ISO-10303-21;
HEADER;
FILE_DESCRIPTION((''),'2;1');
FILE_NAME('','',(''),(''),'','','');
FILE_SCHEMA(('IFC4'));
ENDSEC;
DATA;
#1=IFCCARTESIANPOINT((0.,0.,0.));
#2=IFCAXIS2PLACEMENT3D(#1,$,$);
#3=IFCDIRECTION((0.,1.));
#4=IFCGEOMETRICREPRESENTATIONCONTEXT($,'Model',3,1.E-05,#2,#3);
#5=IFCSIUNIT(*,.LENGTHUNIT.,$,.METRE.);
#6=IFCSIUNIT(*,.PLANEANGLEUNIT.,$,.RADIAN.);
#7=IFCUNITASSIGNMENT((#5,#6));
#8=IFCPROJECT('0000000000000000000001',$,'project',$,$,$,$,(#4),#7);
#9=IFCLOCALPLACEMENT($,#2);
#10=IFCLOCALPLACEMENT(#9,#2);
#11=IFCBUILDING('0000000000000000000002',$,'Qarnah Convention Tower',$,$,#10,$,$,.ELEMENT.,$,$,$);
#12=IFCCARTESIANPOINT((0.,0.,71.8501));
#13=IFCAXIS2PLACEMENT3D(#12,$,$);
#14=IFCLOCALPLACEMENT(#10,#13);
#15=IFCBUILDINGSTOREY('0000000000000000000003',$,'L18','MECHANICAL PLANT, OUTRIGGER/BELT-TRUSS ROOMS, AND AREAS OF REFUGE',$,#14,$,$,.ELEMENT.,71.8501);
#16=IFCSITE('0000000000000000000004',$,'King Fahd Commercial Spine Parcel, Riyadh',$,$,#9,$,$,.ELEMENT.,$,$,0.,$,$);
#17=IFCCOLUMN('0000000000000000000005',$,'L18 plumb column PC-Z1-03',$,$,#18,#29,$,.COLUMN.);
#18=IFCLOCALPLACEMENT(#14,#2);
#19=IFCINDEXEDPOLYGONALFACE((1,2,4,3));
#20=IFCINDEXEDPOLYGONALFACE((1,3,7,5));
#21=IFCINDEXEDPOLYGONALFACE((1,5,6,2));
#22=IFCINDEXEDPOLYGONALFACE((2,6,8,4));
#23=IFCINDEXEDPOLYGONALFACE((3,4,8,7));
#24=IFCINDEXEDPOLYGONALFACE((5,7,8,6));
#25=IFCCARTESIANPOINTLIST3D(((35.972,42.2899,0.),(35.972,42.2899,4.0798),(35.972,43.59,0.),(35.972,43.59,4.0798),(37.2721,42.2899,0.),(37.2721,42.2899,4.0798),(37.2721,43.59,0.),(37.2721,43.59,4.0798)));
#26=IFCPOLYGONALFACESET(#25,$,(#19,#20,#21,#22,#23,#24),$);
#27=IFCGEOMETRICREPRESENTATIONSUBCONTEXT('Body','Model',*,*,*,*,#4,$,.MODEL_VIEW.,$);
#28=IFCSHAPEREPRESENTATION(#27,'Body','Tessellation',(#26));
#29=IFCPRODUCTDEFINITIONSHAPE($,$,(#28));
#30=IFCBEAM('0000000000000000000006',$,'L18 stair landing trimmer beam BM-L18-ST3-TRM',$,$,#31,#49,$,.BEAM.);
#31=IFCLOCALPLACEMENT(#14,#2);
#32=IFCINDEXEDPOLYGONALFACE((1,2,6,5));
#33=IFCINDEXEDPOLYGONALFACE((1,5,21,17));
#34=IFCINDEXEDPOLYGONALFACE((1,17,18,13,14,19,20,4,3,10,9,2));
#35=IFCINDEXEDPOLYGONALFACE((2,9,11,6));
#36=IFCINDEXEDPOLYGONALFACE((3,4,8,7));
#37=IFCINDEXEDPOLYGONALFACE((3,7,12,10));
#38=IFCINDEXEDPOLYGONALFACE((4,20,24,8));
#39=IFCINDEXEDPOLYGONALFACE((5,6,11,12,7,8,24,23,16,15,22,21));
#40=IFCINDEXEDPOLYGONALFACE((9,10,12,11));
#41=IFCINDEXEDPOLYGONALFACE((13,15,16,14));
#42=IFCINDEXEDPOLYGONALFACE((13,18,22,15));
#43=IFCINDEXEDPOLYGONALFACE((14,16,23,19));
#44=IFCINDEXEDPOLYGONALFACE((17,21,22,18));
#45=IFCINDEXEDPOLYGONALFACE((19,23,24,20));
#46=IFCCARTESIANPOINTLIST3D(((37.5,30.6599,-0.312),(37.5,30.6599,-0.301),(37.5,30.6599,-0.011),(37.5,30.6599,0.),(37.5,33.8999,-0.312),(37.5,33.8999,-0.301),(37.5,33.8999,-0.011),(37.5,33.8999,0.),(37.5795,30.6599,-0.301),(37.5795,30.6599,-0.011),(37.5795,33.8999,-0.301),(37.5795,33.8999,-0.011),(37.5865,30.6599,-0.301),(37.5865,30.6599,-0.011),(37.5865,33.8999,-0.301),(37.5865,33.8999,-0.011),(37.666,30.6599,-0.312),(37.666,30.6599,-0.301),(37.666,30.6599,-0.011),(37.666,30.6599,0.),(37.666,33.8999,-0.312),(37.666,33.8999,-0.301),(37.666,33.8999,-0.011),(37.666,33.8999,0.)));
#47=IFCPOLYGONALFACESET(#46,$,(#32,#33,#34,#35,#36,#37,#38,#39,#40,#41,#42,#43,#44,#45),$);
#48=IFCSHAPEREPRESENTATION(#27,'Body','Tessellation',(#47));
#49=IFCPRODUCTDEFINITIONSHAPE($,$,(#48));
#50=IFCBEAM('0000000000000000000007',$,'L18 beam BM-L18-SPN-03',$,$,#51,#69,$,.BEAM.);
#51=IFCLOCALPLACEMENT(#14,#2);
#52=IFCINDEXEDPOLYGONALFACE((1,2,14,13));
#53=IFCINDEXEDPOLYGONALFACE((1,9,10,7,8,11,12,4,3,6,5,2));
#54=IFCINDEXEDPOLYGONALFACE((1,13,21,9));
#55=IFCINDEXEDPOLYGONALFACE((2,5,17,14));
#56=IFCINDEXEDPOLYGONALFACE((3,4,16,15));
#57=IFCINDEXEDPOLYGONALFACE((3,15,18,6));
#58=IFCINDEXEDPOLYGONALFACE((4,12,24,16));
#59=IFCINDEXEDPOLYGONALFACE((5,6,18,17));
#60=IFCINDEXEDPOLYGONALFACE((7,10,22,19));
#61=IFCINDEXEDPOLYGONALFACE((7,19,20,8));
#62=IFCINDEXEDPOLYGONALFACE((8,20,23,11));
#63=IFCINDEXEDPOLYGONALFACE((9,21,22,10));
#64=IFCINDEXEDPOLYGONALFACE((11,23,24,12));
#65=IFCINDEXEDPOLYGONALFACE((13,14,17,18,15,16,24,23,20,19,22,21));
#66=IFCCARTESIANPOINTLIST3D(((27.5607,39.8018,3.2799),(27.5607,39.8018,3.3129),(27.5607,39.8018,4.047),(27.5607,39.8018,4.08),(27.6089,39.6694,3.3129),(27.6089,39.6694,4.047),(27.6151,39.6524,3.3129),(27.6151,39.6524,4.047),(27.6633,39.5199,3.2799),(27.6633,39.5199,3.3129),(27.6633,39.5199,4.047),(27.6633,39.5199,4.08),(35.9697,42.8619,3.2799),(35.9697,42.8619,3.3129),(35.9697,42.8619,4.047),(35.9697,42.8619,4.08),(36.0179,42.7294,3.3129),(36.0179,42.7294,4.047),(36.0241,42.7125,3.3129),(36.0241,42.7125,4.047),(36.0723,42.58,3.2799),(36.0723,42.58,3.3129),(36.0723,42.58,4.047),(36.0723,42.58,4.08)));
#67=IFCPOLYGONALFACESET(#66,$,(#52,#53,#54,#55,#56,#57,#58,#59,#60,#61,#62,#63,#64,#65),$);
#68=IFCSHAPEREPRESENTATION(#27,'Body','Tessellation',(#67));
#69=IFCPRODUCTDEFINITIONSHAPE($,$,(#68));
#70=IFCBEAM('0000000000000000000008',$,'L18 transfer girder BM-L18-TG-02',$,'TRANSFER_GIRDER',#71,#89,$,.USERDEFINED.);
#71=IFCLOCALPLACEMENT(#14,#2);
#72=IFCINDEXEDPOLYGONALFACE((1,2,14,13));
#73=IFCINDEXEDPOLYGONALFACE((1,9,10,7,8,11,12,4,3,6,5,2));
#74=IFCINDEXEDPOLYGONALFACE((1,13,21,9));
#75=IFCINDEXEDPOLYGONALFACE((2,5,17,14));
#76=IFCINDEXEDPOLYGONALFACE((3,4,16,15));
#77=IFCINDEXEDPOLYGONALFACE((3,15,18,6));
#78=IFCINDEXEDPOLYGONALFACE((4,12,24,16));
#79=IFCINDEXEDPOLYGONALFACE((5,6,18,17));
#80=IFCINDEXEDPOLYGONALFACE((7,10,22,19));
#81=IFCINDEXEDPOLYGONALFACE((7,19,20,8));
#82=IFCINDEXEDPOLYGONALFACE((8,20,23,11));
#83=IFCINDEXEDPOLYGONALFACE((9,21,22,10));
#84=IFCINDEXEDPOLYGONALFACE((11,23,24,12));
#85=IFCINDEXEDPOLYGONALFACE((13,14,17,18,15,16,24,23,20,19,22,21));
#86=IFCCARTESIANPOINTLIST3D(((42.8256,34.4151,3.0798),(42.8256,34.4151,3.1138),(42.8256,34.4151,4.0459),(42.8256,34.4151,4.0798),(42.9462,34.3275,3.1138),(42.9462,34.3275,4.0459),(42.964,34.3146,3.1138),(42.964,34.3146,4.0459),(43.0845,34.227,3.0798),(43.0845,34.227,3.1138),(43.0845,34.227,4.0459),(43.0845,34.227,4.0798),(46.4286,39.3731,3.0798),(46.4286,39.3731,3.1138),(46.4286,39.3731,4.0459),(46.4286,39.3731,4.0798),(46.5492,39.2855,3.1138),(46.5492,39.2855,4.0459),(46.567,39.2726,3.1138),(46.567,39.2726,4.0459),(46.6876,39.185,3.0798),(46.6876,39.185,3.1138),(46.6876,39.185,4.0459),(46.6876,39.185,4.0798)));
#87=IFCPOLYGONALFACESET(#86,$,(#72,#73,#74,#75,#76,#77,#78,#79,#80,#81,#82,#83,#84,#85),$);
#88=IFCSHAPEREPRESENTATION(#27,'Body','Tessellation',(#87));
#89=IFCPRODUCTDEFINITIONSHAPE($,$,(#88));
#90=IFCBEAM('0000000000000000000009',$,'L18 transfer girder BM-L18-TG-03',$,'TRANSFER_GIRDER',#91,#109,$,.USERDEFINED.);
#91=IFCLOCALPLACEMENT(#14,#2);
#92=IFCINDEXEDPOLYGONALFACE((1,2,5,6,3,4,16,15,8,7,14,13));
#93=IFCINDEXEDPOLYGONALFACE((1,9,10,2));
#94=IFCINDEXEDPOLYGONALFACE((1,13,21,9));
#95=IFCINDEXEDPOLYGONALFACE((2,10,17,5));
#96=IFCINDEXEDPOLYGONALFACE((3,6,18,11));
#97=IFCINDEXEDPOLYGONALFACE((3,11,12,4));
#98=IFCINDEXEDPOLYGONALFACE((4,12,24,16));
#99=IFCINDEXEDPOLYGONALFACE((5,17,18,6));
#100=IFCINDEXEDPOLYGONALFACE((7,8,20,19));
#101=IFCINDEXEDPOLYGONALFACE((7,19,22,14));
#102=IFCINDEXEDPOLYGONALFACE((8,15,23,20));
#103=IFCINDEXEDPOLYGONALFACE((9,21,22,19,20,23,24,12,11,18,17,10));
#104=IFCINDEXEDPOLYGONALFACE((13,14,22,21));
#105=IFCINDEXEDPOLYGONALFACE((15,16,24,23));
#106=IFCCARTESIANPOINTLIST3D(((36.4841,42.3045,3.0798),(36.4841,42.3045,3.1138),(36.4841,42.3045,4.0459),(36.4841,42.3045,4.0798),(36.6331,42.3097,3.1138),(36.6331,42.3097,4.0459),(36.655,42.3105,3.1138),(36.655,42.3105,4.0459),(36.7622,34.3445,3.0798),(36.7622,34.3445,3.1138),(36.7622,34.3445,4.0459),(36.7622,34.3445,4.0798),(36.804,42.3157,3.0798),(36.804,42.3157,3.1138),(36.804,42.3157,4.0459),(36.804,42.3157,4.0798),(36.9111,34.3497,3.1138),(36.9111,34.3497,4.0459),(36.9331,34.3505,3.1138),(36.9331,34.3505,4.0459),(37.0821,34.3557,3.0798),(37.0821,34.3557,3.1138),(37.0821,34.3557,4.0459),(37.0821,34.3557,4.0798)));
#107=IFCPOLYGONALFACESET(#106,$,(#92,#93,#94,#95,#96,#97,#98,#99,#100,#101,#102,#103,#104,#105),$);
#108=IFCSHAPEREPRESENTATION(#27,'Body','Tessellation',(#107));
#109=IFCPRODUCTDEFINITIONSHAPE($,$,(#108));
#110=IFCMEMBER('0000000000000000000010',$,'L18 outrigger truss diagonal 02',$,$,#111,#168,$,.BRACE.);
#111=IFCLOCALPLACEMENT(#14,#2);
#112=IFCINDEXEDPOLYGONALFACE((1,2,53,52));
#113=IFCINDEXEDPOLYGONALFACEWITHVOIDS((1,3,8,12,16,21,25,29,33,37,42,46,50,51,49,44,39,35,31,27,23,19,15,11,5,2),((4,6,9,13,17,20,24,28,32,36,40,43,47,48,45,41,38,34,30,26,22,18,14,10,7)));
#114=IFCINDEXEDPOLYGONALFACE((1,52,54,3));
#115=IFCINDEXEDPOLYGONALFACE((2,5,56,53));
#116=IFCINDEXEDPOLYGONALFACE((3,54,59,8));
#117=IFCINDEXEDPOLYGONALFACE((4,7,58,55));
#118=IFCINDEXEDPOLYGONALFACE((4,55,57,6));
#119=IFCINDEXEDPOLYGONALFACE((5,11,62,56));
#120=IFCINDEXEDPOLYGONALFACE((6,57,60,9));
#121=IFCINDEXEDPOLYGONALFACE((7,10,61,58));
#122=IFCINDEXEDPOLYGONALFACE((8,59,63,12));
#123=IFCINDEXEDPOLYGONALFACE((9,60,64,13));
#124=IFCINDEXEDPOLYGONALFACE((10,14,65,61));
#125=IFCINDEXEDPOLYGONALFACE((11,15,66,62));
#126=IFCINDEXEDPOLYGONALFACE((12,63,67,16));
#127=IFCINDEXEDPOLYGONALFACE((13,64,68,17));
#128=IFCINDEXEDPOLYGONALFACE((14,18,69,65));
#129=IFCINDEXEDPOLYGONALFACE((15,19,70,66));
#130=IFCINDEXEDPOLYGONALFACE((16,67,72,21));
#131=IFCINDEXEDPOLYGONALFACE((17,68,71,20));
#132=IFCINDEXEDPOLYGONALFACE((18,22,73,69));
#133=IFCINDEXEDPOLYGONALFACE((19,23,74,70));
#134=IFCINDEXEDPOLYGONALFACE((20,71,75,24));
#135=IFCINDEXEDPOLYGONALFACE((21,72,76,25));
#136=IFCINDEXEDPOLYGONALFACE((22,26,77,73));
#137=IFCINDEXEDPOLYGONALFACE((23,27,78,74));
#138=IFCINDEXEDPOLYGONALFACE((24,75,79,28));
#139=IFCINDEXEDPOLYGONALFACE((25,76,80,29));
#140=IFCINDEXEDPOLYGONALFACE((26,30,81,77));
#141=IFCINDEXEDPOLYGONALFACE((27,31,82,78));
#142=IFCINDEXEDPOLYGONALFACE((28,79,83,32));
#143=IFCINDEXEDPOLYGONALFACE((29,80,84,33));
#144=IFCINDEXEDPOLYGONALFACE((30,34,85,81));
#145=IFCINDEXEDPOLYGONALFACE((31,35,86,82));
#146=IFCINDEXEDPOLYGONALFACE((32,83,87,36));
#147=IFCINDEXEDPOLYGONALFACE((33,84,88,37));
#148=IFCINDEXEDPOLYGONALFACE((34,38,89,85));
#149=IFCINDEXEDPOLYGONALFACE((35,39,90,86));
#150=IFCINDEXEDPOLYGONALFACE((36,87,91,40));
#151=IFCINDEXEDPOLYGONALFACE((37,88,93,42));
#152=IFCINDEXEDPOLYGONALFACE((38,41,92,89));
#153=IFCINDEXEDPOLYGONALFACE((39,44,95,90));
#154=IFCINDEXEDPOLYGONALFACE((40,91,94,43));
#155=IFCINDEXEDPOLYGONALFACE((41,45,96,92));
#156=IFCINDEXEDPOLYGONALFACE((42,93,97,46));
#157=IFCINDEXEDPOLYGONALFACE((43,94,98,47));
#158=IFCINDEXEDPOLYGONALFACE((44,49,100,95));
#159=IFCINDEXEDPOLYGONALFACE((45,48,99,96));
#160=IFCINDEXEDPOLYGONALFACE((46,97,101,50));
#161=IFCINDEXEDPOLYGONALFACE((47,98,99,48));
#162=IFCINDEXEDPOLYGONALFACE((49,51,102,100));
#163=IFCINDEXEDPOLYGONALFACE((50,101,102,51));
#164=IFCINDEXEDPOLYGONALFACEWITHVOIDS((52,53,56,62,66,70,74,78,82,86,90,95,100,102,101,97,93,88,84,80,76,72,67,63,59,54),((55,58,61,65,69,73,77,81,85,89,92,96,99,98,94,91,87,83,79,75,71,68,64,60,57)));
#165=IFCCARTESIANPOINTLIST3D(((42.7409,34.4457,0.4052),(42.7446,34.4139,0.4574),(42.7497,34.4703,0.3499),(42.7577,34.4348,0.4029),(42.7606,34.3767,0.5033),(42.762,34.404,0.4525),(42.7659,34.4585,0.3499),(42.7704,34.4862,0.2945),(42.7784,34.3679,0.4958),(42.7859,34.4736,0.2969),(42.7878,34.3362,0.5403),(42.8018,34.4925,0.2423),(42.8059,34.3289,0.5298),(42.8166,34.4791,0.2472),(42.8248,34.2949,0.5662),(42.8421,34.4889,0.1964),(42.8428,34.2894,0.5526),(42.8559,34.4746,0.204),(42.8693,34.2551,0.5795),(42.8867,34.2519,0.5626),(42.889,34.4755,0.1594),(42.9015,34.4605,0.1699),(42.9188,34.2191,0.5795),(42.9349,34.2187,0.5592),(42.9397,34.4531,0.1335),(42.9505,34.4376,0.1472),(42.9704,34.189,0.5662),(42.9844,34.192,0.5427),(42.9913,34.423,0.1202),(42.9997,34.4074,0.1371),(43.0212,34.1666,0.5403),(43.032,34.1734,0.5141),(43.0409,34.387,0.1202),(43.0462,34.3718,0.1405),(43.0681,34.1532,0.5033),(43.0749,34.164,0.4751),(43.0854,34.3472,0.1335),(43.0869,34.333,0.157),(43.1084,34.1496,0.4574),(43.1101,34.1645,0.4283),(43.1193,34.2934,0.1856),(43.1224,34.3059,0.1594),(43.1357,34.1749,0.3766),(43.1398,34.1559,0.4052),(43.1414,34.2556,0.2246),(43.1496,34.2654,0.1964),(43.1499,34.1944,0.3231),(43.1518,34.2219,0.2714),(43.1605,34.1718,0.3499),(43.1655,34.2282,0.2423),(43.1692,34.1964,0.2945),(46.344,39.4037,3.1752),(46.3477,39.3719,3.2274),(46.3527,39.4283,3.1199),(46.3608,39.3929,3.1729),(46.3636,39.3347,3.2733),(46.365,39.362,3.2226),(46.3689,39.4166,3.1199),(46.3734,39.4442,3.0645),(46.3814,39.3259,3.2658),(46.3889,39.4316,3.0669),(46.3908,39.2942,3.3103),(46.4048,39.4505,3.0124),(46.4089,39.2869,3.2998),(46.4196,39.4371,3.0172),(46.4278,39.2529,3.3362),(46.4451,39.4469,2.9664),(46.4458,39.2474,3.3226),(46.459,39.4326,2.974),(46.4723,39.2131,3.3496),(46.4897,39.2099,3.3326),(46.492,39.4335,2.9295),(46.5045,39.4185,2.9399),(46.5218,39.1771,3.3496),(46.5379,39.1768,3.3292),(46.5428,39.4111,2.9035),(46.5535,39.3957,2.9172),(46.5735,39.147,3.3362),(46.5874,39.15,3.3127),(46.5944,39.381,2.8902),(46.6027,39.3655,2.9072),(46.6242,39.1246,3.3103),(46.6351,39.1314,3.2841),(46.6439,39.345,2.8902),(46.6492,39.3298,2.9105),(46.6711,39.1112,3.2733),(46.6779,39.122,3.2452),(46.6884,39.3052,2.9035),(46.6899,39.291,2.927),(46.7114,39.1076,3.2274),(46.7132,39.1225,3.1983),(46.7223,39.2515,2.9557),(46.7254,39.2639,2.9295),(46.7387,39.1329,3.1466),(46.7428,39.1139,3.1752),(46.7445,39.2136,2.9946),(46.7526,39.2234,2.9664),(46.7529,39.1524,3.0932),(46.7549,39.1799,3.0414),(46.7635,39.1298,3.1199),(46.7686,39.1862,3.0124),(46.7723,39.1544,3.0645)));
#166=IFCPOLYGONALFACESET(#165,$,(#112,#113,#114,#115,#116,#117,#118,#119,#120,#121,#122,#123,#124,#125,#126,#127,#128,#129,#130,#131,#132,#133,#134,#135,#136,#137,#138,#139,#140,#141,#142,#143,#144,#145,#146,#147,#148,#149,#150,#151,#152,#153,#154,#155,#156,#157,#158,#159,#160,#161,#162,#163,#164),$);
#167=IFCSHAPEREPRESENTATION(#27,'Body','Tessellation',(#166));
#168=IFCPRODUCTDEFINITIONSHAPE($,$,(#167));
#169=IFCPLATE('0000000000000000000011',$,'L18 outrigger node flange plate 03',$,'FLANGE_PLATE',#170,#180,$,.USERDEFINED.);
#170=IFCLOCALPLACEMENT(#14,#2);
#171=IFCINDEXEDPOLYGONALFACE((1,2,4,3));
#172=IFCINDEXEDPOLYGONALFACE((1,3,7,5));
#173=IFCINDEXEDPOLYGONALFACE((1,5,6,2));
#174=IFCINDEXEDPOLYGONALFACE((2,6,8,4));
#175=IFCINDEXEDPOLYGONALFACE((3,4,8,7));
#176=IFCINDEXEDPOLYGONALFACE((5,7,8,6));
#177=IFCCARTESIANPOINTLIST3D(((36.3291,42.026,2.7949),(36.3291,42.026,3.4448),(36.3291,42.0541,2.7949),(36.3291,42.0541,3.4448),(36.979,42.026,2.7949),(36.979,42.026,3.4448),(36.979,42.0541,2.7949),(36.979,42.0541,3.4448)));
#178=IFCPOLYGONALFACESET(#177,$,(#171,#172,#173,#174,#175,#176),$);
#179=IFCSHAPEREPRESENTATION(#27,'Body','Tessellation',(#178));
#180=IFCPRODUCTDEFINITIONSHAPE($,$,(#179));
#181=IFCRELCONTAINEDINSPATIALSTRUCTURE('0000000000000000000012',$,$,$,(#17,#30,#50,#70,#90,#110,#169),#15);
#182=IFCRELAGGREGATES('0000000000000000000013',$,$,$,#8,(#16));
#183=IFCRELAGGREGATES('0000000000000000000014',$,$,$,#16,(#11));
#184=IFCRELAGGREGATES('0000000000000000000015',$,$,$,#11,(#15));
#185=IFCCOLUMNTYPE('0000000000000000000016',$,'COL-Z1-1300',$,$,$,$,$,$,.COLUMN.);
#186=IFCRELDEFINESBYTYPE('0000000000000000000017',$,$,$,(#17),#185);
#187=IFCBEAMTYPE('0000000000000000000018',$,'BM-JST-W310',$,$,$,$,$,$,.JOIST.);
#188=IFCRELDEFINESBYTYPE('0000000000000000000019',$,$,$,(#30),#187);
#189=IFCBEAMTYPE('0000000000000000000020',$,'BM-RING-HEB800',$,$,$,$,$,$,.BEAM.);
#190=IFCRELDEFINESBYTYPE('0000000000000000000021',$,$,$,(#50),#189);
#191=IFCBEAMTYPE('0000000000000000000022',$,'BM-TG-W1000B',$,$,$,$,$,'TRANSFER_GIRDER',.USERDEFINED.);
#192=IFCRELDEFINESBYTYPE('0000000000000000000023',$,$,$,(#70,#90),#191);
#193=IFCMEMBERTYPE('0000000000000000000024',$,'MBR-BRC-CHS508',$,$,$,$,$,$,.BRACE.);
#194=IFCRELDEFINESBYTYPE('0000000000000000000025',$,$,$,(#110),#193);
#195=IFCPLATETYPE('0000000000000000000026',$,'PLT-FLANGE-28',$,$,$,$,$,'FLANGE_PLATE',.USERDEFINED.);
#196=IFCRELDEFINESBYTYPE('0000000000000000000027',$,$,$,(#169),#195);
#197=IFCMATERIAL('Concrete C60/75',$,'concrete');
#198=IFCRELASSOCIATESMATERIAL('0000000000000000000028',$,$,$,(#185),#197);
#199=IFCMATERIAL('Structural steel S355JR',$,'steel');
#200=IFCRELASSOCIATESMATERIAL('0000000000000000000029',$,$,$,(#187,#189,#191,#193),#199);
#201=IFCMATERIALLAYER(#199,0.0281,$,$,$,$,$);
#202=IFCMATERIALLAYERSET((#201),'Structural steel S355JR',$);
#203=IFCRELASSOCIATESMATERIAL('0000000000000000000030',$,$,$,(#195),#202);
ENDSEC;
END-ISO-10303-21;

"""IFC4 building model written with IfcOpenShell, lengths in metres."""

from ifc_helpers import new_model, si_unit, direction, frame, origin, origin_2d, place, context, subcontext, project, spatial, rectangle, hollow_circle, i_section, extrude, material, layer, layer_set, material_profile, profile_set, type_object, element, save


model = new_model("IFC4")

# Units and contexts
model_context = context("Model", 3, precision=1e-05, world=origin(), true_north=direction((0.0, 1.0)))
body_context = subcontext(model_context, "Body", "Model", "MODEL_VIEW")
ifc_project = project(units=[si_unit("LENGTHUNIT", "METRE"), si_unit("PLANEANGLEUNIT", "RADIAN")], contexts=[model_context])

# Site, building, storey
site_placement = place(None, origin())
site = spatial("IfcSite", under=ifc_project, at=site_placement, Name="King Fahd Commercial Spine Parcel, Riyadh", CompositionType="ELEMENT", RefElevation=0.0)
building_placement = place(site_placement, origin())
building = spatial("IfcBuilding", under=site, at=building_placement, Name="Qarnah Convention Tower", CompositionType="ELEMENT")
storey_placement = place(building_placement, frame((0.0, 0.0, 71.8501)))
storey = spatial("IfcBuildingStorey", under=building, at=storey_placement, Name="L18", Description="MECHANICAL PLANT, OUTRIGGER/BELT-TRUSS ROOMS, AND AREAS OF REFUGE", CompositionType="ELEMENT", Elevation=71.8501)

# Column
ifc_material_1 = material(Name="Concrete C60/75", Category="concrete")
ifc_material_profile_1 = material_profile(ifc_material_1, rectangle(XDim=1.3, YDim=1.3, at=origin_2d()), Name="RC-COL-1300X1300")
ifc_profile_set_1 = profile_set([ifc_material_profile_1], Name="Concrete C60/75")
column_type = type_object("IfcColumnType", Name="COL-Z1-1300", PredefinedType="COLUMN", material=ifc_profile_set_1)
column_placement = place(storey_placement, frame((36.6221, 42.9399, 0.0), z_axis=(0.0, 0.0, 1.0), x_axis=(1.0, 0.0, 0.0)))
element("IfcColumn", 1, at=column_placement, inside=storey, type_object=column_type, Name="L18 plumb column PC-Z1-03", PredefinedType="COLUMN", context=body_context, shape_type="SweptSolid", body=[
    extrude(rectangle(XDim=1.3, YDim=1.3, at=origin_2d()), origin(), (0.0, 0.0, 1.0), 4.0798),
])

# Beams
ifc_material_2 = material(Name="Structural steel S355JR", Category="steel")
ifc_material_profile_2 = material_profile(ifc_material_2, i_section(OverallWidth=0.166, OverallDepth=0.312, WebThickness=0.0071, FlangeThickness=0.011, at=origin_2d()), Name="W310X45")
ifc_profile_set_2 = profile_set([ifc_material_profile_2], Name="Structural steel S355JR")
beam_type_1 = type_object("IfcBeamType", Name="BM-JST-W310", PredefinedType="JOIST", material=ifc_profile_set_2)
beam_1_placement = place(storey_placement, frame((37.583, 30.6599, -0.156), z_axis=(0.0, 1.0, 0.0), x_axis=(-1.0, 0.0, 0.0)))
element("IfcBeam", 2, at=beam_1_placement, inside=storey, type_object=beam_type_1, Name="L18 stair landing trimmer beam BM-L18-ST3-TRM", PredefinedType="BEAM", context=body_context, shape_type="SweptSolid", body=[
    extrude(i_section(OverallWidth=0.166, OverallDepth=0.312, WebThickness=0.0071, FlangeThickness=0.011, at=origin_2d()), origin(), (0.0, 0.0, 1.0), 3.24),
])
ifc_material_profile_3 = material_profile(ifc_material_2, i_section(OverallWidth=0.3, OverallDepth=0.8, WebThickness=0.0181, FlangeThickness=0.033, at=origin_2d()), Name="HEB800")
ifc_profile_set_3 = profile_set([ifc_material_profile_3], Name="Structural steel S355JR")
beam_type_2 = type_object("IfcBeamType", Name="BM-RING-HEB800", PredefinedType="BEAM", material=ifc_profile_set_3)
beam_2_placement = place(storey_placement, frame((36.021, 42.7209, 3.6799), z_axis=(-0.939712, -0.341966, 0.0), x_axis=(0.341966, -0.939712, 0.0)))
element("IfcBeam", 3, at=beam_2_placement, inside=storey, type_object=beam_type_2, Name="L18 beam BM-L18-SPN-03", PredefinedType="BEAM", context=body_context, shape_type="SweptSolid", body=[
    extrude(i_section(OverallWidth=0.3, OverallDepth=0.8, WebThickness=0.0181, FlangeThickness=0.033, at=origin_2d()), origin(), (0.0, 0.0, 1.0), 8.9485),
])
ifc_material_profile_4 = material_profile(ifc_material_2, i_section(OverallWidth=0.3201, OverallDepth=1.0, WebThickness=0.022, FlangeThickness=0.0339, at=origin_2d()), Name="W1000X371")
ifc_profile_set_4 = profile_set([ifc_material_profile_4], Name="Structural steel S355JR")
beam_type_3 = type_object("IfcBeamType", Name="BM-TG-W1000B", ElementType="TRANSFER_GIRDER", PredefinedType="USERDEFINED", material=ifc_profile_set_4)
beam_3_placement = place(storey_placement, frame((42.9551, 34.321, 3.5798), z_axis=(0.587873, 0.808953, 0.0), x_axis=(-0.808953, 0.587873, 0.0)))
element("IfcBeam", 4, at=beam_3_placement, inside=storey, type_object=beam_type_3, Name="L18 transfer girder BM-L18-TG-02", ObjectType="TRANSFER_GIRDER", PredefinedType="USERDEFINED", context=body_context, shape_type="SweptSolid", body=[
    extrude(i_section(OverallWidth=0.3201, OverallDepth=1.0, WebThickness=0.022, FlangeThickness=0.0339, at=origin_2d()), origin(), (0.0, 0.0, 1.0), 6.1289),
])
beam_4_placement = place(storey_placement, frame((36.9221, 34.3501, 3.5798), z_axis=(-0.034913, 0.99939, 0.0), x_axis=(-0.99939, -0.034913, 0.0)))
element("IfcBeam", 5, at=beam_4_placement, inside=storey, type_object=beam_type_3, Name="L18 transfer girder BM-L18-TG-03", ObjectType="TRANSFER_GIRDER", PredefinedType="USERDEFINED", context=body_context, shape_type="SweptSolid", body=[
    extrude(i_section(OverallWidth=0.3201, OverallDepth=1.0, WebThickness=0.022, FlangeThickness=0.0339, at=origin_2d()), origin(), (0.0, 0.0, 1.0), 7.9648),
])

# Member
ifc_material_profile_5 = material_profile(ifc_material_2, hollow_circle(Radius=0.2539, WallThickness=0.02, at=origin_2d()), Name="CHS508X20")
ifc_profile_set_5 = profile_set([ifc_material_profile_5], Name="Structural steel S355JR")
member_type = type_object("IfcMemberType", Name="MBR-BRC-CHS508", PredefinedType="BRACE", material=ifc_profile_set_5)
member_placement = place(storey_placement, frame((42.9551, 34.321, 0.3499), z_axis=(0.535701, 0.73716, 0.411849), x_axis=(-0.808953, 0.587873, 0.0)))
element("IfcMember", 6, at=member_placement, inside=storey, type_object=member_type, Name="L18 outrigger truss diagonal 02", PredefinedType="BRACE", context=body_context, shape_type="SweptSolid", body=[
    extrude(hollow_circle(Radius=0.2539, WallThickness=0.02, at=origin_2d()), origin(), (0.0, 0.0, 1.0), 6.7258),
])

# Plate
ifc_layer_1 = layer(ifc_material_2, 0.0281)
ifc_layer_set_1 = layer_set([ifc_layer_1], Name="Structural steel S355JR")
plate_type_1 = type_object("IfcPlateType", Name="PLT-FLANGE-28", ElementType="FLANGE_PLATE", PredefinedType="USERDEFINED", material=ifc_layer_set_1)
plate_1_placement = place(storey_placement, frame((36.6541, 42.04, 2.7949), z_axis=(0.0, 0.0, 1.0), x_axis=(1.0, 0.0, 0.0)))
element("IfcPlate", 7, at=plate_1_placement, inside=storey, type_object=plate_type_1, Name="L18 outrigger node flange plate 03", ObjectType="FLANGE_PLATE", PredefinedType="USERDEFINED", context=body_context, shape_type="SweptSolid", body=[
    extrude(rectangle(XDim=0.6499, YDim=0.0281, at=origin_2d()), origin(), (0.0, 0.0, 1.0), 0.6499),
])

save(model, "model.ifc")
